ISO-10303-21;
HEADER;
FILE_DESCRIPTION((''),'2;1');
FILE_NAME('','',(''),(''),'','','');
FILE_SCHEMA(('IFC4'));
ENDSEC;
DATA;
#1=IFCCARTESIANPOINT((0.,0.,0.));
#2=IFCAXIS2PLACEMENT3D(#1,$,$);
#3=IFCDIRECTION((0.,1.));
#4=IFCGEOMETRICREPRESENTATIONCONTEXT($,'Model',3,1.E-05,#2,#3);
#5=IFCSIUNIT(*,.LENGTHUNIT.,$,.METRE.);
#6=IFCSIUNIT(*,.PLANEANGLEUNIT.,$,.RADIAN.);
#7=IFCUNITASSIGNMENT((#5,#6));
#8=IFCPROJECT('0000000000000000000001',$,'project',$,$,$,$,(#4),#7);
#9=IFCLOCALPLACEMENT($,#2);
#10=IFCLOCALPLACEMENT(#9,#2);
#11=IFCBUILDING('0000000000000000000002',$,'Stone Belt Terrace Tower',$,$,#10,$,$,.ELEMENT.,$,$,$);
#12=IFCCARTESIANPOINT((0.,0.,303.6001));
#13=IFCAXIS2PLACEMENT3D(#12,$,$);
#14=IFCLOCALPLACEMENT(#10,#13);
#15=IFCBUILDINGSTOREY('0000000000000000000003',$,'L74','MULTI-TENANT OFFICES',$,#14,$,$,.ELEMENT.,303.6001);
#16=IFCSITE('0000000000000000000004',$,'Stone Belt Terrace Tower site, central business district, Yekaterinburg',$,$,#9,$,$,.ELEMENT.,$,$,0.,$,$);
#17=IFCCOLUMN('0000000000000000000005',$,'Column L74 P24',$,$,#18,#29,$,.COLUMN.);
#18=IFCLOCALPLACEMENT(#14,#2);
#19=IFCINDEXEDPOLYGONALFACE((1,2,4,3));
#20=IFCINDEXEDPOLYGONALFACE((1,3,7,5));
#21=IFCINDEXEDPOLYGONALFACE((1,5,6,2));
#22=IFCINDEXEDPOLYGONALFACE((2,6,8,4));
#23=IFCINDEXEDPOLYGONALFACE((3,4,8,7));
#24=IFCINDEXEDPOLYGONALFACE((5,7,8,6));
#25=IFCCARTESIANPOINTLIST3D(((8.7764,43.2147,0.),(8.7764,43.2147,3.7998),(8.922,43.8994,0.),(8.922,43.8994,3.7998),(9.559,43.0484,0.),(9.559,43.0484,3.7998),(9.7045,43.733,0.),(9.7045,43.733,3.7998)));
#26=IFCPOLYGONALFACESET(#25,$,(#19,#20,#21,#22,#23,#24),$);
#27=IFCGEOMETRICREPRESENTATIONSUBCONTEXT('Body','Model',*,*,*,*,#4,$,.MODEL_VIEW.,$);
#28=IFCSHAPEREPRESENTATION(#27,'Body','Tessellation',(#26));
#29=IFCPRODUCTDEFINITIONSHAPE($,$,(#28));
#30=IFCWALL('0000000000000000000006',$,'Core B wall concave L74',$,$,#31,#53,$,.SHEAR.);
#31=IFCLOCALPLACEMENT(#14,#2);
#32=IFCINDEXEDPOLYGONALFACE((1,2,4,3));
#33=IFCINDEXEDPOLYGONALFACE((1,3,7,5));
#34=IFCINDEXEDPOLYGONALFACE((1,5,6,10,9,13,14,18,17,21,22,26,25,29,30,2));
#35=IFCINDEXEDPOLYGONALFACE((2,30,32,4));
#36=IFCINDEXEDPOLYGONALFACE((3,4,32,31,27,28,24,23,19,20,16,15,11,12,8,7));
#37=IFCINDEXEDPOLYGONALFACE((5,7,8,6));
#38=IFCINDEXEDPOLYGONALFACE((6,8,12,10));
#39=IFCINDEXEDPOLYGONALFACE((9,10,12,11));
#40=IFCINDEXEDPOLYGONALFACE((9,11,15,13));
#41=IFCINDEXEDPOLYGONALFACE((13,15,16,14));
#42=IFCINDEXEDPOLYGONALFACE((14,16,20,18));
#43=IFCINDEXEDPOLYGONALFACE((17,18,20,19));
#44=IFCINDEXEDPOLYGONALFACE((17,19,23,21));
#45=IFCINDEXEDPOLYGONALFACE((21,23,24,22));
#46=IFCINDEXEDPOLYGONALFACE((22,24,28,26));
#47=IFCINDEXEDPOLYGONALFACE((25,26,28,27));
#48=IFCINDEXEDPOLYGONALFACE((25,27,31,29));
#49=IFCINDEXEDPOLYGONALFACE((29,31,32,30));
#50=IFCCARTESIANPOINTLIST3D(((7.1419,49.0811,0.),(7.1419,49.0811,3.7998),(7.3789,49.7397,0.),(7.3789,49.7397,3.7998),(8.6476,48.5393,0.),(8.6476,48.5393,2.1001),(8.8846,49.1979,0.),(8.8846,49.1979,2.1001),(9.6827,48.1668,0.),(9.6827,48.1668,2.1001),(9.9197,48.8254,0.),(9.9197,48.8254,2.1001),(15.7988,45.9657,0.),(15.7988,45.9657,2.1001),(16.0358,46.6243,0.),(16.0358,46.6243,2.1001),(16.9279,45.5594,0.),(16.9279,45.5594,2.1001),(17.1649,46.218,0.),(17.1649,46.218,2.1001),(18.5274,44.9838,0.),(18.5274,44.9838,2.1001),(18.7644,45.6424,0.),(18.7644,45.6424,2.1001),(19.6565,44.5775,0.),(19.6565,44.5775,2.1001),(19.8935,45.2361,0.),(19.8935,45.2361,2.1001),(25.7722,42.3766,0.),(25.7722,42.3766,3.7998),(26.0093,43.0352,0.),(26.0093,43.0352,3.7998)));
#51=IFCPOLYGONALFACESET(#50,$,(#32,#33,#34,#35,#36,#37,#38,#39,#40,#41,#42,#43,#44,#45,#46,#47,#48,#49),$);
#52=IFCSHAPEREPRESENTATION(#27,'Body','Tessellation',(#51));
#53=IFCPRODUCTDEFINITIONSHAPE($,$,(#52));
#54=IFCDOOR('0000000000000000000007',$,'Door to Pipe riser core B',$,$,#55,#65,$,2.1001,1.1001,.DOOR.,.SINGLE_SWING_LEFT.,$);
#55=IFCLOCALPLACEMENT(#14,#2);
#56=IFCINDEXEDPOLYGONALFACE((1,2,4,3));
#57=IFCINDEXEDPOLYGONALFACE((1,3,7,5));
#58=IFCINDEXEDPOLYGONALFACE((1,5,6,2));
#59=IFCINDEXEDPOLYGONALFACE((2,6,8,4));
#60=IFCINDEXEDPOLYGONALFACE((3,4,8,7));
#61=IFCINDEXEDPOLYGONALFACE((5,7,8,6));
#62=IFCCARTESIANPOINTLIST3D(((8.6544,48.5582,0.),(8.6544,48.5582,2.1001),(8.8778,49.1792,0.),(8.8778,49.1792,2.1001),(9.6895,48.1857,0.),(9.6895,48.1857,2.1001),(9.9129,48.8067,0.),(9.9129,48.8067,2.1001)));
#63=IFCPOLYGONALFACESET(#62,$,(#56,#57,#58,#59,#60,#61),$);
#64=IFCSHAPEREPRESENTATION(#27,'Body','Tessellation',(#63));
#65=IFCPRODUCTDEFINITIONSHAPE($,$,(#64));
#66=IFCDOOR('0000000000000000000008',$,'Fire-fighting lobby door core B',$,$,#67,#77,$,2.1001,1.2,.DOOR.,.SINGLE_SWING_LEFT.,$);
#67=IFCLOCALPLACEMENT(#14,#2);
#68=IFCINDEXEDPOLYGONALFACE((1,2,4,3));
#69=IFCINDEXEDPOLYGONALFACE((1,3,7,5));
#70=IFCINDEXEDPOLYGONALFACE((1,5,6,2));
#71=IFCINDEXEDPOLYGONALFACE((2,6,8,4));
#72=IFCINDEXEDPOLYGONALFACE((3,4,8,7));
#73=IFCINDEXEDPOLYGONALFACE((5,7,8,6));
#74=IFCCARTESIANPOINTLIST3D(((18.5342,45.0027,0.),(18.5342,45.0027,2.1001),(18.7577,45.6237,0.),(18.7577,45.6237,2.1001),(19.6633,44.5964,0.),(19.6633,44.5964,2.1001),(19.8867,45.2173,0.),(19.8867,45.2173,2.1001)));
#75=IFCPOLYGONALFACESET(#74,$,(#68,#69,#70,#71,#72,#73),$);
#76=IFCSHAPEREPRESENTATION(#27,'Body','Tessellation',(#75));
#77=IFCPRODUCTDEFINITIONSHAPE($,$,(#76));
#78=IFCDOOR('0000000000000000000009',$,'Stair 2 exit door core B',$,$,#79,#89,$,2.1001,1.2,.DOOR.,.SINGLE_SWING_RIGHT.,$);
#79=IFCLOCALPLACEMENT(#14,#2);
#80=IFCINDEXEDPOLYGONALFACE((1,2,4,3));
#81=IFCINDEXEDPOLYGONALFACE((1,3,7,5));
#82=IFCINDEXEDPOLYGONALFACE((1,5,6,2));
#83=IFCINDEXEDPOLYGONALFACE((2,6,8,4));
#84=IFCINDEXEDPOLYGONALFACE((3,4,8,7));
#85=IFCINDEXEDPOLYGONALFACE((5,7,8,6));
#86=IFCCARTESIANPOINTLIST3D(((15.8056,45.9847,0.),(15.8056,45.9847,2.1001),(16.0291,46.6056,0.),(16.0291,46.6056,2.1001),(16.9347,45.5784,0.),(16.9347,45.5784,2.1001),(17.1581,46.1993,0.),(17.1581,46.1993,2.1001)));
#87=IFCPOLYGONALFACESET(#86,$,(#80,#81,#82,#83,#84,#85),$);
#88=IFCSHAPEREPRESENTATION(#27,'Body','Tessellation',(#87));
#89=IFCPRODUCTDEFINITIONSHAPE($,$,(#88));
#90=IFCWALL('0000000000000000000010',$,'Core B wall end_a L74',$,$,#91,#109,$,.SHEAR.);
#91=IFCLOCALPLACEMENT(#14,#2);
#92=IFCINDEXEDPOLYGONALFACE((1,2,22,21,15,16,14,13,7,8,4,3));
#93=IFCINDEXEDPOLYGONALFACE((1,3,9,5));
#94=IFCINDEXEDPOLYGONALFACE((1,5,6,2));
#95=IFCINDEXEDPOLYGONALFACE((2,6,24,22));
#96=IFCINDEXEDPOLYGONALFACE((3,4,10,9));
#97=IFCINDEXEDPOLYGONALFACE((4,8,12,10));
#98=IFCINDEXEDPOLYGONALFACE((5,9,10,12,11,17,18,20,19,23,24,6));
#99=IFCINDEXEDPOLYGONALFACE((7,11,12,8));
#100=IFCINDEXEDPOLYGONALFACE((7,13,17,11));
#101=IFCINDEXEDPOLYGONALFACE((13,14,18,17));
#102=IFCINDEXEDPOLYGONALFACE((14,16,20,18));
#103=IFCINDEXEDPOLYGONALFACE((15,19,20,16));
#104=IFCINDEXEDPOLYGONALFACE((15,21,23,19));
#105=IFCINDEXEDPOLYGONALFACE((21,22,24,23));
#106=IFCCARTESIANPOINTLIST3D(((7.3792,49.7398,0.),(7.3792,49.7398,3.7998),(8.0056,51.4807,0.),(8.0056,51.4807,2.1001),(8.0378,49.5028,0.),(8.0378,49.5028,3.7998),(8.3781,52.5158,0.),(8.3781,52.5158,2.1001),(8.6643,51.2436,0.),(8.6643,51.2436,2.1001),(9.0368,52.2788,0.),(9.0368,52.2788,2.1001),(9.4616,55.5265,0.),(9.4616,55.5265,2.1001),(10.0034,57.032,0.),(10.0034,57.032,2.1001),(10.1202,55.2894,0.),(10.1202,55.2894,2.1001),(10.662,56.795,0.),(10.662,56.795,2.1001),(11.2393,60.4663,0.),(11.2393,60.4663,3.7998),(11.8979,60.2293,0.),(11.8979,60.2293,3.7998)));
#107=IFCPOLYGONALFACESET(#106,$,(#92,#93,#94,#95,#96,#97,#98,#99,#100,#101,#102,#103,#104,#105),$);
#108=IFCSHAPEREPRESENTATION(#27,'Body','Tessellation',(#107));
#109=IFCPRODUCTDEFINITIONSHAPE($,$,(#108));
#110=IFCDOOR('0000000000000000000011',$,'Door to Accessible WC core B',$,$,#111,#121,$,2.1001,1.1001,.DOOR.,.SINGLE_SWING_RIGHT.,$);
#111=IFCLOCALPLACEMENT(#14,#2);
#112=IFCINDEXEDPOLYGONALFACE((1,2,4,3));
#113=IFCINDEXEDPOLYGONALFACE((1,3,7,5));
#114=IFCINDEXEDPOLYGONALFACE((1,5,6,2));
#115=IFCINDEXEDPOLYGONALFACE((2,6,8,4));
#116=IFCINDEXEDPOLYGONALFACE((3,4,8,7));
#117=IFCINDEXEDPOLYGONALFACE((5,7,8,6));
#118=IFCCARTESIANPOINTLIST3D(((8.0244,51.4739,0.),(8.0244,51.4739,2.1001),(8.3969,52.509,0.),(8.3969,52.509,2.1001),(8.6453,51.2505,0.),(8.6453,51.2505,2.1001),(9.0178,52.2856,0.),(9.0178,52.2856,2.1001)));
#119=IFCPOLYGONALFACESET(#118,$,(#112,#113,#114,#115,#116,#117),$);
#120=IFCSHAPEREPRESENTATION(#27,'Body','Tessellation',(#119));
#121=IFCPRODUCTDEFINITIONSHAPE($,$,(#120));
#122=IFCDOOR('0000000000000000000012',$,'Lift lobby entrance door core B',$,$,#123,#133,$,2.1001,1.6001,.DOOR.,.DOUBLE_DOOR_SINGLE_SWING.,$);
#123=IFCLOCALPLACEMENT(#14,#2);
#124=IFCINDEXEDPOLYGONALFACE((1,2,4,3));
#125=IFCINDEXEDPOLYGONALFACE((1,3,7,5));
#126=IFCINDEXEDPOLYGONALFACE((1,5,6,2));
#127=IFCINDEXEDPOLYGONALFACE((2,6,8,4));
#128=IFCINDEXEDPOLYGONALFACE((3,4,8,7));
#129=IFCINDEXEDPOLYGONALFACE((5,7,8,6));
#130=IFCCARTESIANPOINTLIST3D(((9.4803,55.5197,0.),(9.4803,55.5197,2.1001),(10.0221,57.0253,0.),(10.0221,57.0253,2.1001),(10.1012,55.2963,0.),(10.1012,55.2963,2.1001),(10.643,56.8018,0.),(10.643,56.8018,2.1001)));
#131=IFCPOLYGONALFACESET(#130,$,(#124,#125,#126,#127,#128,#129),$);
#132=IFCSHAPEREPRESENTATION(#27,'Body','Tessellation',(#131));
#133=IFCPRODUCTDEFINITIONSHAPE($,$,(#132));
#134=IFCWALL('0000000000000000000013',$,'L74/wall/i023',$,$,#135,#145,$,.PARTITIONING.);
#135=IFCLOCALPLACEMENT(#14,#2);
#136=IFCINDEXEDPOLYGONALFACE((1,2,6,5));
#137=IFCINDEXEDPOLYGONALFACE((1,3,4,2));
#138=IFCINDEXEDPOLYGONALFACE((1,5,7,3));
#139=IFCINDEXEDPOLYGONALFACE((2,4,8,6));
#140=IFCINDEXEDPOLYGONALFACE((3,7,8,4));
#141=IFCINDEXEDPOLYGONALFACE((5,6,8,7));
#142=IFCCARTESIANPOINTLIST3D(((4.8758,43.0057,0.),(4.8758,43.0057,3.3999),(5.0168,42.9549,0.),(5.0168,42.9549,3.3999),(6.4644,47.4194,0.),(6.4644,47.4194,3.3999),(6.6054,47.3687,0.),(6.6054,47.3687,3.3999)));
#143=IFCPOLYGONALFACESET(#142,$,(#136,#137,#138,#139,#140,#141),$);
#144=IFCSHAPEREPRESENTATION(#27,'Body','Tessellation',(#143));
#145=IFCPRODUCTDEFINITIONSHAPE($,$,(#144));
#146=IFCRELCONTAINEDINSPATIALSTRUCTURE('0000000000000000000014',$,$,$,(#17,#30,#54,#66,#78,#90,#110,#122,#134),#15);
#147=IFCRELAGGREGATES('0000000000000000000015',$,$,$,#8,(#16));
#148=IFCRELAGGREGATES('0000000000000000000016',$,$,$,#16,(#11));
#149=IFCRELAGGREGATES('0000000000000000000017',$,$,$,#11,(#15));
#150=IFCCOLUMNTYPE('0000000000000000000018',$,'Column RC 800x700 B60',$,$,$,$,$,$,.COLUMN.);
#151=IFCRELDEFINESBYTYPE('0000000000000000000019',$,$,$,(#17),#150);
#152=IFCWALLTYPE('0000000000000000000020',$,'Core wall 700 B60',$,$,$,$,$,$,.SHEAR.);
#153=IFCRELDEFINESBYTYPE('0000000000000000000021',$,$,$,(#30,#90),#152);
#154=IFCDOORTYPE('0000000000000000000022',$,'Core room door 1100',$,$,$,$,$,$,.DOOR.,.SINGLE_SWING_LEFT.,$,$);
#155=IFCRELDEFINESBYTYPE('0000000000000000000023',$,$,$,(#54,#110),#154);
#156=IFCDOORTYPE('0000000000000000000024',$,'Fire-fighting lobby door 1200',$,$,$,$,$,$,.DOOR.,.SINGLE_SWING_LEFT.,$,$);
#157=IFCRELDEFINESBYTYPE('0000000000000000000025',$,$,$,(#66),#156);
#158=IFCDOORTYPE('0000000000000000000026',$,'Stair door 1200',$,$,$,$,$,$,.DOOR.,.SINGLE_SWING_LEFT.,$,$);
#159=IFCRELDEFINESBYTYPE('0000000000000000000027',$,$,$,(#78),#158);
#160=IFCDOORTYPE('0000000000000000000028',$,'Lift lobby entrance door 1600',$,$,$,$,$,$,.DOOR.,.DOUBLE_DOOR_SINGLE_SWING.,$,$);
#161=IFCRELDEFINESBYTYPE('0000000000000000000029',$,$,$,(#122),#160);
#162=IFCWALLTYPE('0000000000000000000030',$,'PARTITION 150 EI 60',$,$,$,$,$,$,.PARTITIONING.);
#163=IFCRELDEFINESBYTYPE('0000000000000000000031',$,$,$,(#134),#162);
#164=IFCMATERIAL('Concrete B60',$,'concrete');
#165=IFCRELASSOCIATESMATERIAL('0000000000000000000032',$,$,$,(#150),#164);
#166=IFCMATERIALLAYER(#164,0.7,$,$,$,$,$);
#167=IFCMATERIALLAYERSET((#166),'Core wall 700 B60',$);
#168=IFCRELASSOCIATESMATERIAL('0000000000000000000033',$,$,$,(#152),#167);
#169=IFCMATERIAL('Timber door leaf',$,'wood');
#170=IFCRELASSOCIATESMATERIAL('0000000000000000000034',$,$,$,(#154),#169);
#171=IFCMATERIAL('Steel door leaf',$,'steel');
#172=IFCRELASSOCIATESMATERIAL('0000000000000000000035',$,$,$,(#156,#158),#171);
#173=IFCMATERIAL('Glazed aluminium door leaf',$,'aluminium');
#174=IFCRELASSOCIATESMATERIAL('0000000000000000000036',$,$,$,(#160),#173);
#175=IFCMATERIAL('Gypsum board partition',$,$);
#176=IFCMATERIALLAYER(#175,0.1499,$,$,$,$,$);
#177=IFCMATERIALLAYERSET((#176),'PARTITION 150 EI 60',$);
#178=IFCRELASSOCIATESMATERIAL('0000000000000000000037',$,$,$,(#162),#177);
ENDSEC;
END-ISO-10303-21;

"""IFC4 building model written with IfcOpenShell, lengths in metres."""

from ifc_helpers import new_model, si_unit, direction, frame, frame_2d, origin, origin_2d, place, context, subcontext, project, spatial, rectangle, extrude, material, layer, layer_set, material_profile, profile_set, type_object, element, fill, save


model = new_model("IFC4")

# Units and contexts
model_context = context("Model", 3, precision=1e-05, world=origin(), true_north=direction((0.0, 1.0)))
body_context = subcontext(model_context, "Body", "Model", "MODEL_VIEW")
ifc_project = project(units=[si_unit("LENGTHUNIT", "METRE"), si_unit("PLANEANGLEUNIT", "RADIAN")], contexts=[model_context])

# Site, building, storey
site_placement = place(None, origin())
site = spatial("IfcSite", under=ifc_project, at=site_placement, Name="Stone Belt Terrace Tower site, central business district, Yekaterinburg", CompositionType="ELEMENT", RefElevation=0.0)
building_placement = place(site_placement, origin())
building = spatial("IfcBuilding", under=site, at=building_placement, Name="Stone Belt Terrace Tower", CompositionType="ELEMENT")
storey_placement = place(building_placement, frame((0.0, 0.0, 303.6001)))
storey = spatial("IfcBuildingStorey", under=building, at=storey_placement, Name="L74", Description="MULTI-TENANT OFFICES", CompositionType="ELEMENT", Elevation=303.6001)

# Column
ifc_material_1 = material(Name="Concrete B60", Category="concrete")
ifc_material_profile = material_profile(ifc_material_1, rectangle(XDim=0.8, YDim=0.7, at=origin_2d()), Name="RC 800x700")
ifc_profile_set = profile_set([ifc_material_profile], Name="Concrete B60")
column_type = type_object("IfcColumnType", Name="Column RC 800x700 B60", PredefinedType="COLUMN", material=ifc_profile_set)
column_placement = place(storey_placement, frame((9.2405, 43.4739, 0.0), z_axis=(0.0, 0.0, 1.0), x_axis=(0.978148, -0.207912, 0.0)))
element("IfcColumn", 1, at=column_placement, inside=storey, type_object=column_type, Name="Column L74 P24", PredefinedType="COLUMN", context=body_context, shape_type="SweptSolid", body=[
    extrude(rectangle(XDim=0.8, YDim=0.7, at=origin_2d()), origin(), (0.0, 0.0, 1.0), 3.7998),
])

# Walls, openings, doors
ifc_layer_1 = layer(ifc_material_1, 0.7)
ifc_layer_set_1 = layer_set([ifc_layer_1], Name="Core wall 700 B60")
wall_type_1 = type_object("IfcWallType", Name="Core wall 700 B60", PredefinedType="SHEAR", material=ifc_layer_set_1)
wall_1_placement = place(storey_placement, frame((7.2605, 49.4104, 0.0), z_axis=(0.0, 0.0, 1.0), x_axis=(0.940925, -0.338615, 0.0)))
wall_1 = element("IfcWall", 2, at=wall_1_placement, inside=storey, type_object=wall_type_1, Name="Core B wall concave L74", PredefinedType="SHEAR", context=body_context, shape_type="SweptSolid", body=[
    extrude(rectangle(XDim=19.8, YDim=0.7, at=frame_2d((9.8999, 0.0))), origin(), (0.0, 0.0, 1.0), 3.7998),
])
opening_1_placement = place(wall_1_placement, frame((12.1001, 0.0, 0.0)))
opening_1 = element("IfcOpeningElement", 3, at=opening_1_placement, cuts=wall_1, PredefinedType="OPENING", context=body_context, shape_type="SweptSolid", body=[
    extrude(rectangle(XDim=1.2, YDim=2.1001, at=frame_2d((0.6001, 1.05))), frame((0.0, 0.3599, 0.0), z_axis=(0.0, -1.0, 0.0), x_axis=(1.0, 0.0, 0.0)), (0.0, 0.0, 1.0), 0.72),
])
opening_2_placement = place(wall_1_placement, frame((9.2002, 0.0, 0.0)))
opening_2 = element("IfcOpeningElement", 4, at=opening_2_placement, cuts=wall_1, PredefinedType="OPENING", context=body_context, shape_type="SweptSolid", body=[
    extrude(rectangle(XDim=1.2, YDim=2.1001, at=frame_2d((0.6001, 1.05))), frame((0.0, 0.3599, 0.0), z_axis=(0.0, -1.0, 0.0), x_axis=(1.0, 0.0, 0.0)), (0.0, 0.0, 1.0), 0.72),
])
opening_3_placement = place(wall_1_placement, frame((1.6001, 0.0, 0.0)))
opening_3 = element("IfcOpeningElement", 5, at=opening_3_placement, cuts=wall_1, PredefinedType="OPENING", context=body_context, shape_type="SweptSolid", body=[
    extrude(rectangle(XDim=1.1001, YDim=2.1001, at=frame_2d((0.55, 1.05))), frame((0.0, 0.3599, 0.0), z_axis=(0.0, -1.0, 0.0), x_axis=(1.0, 0.0, 0.0)), (0.0, 0.0, 1.0), 0.72),
])
ifc_material_2 = material(Name="Timber door leaf", Category="wood")
door_type_1 = type_object("IfcDoorType", Name="Core room door 1100", OperationType="SINGLE_SWING_LEFT", PredefinedType="DOOR", material=ifc_material_2)
door_1_placement = place(opening_3_placement, origin())
door_1 = element("IfcDoor", 6, at=door_1_placement, inside=storey, type_object=door_type_1, Name="Door to Pipe riser core B", OperationType="SINGLE_SWING_LEFT", OverallHeight=2.1001, OverallWidth=1.1001, PredefinedType="DOOR", context=body_context, shape_type="SweptSolid", body=[
    extrude(rectangle(XDim=1.1001, YDim=2.1001, at=frame_2d((0.55, 1.05))), frame((0.0, 0.3301, 0.0), z_axis=(0.0, -1.0, 0.0), x_axis=(1.0, 0.0, 0.0)), (0.0, 0.0, 1.0), 0.6599),
])
fill(opening_3, door_1)
ifc_material_3 = material(Name="Steel door leaf", Category="steel")
door_type_2 = type_object("IfcDoorType", Name="Fire-fighting lobby door 1200", OperationType="SINGLE_SWING_LEFT", PredefinedType="DOOR", material=ifc_material_3)
door_2_placement = place(opening_1_placement, origin())
door_2 = element("IfcDoor", 7, at=door_2_placement, inside=storey, type_object=door_type_2, Name="Fire-fighting lobby door core B", OperationType="SINGLE_SWING_LEFT", OverallHeight=2.1001, OverallWidth=1.2, PredefinedType="DOOR", context=body_context, shape_type="SweptSolid", body=[
    extrude(rectangle(XDim=1.2, YDim=2.1001, at=frame_2d((0.6001, 1.05))), frame((0.0, 0.3301, 0.0), z_axis=(0.0, -1.0, 0.0), x_axis=(1.0, 0.0, 0.0)), (0.0, 0.0, 1.0), 0.6599),
])
fill(opening_1, door_2)
door_type_3 = type_object("IfcDoorType", Name="Stair door 1200", OperationType="SINGLE_SWING_LEFT", PredefinedType="DOOR", material=ifc_material_3)
door_3_placement = place(opening_2_placement, origin())
door_3 = element("IfcDoor", 8, at=door_3_placement, inside=storey, type_object=door_type_3, Name="Stair 2 exit door core B", OperationType="SINGLE_SWING_RIGHT", OverallHeight=2.1001, OverallWidth=1.2, PredefinedType="DOOR", context=body_context, shape_type="SweptSolid", body=[
    extrude(rectangle(XDim=1.2, YDim=2.1001, at=frame_2d((0.6001, 1.05))), frame((0.0, 0.3301, 0.0), z_axis=(0.0, -1.0, 0.0), x_axis=(1.0, 0.0, 0.0)), (0.0, 0.0, 1.0), 0.6599),
])
fill(opening_2, door_3)
wall_2_placement = place(storey_placement, frame((7.7085, 49.6213, 0.0), z_axis=(0.0, 0.0, 1.0), x_axis=(0.338606, 0.940928, 0.0)))
wall_2 = element("IfcWall", 9, at=wall_2_placement, inside=storey, type_object=wall_type_1, Name="Core B wall end_a L74", PredefinedType="SHEAR", context=body_context, shape_type="SweptSolid", body=[
    extrude(rectangle(XDim=11.3999, YDim=0.7, at=frame_2d((5.7, 0.0))), origin(), (0.0, 0.0, 1.0), 3.7998),
])
opening_4_placement = place(wall_2_placement, frame((6.1499, 0.0, 0.0)))
opening_4 = element("IfcOpeningElement", 10, at=opening_4_placement, cuts=wall_2, PredefinedType="OPENING", context=body_context, shape_type="SweptSolid", body=[
    extrude(rectangle(XDim=1.6001, YDim=2.1001, at=frame_2d((0.8, 1.05))), frame((0.0, 0.3599, 0.0), z_axis=(0.0, -1.0, 0.0), x_axis=(1.0, 0.0, 0.0)), (0.0, 0.0, 1.0), 0.72),
])
opening_5_placement = place(wall_2_placement, frame((1.8501, 0.0, 0.0)))
opening_5 = element("IfcOpeningElement", 11, at=opening_5_placement, cuts=wall_2, PredefinedType="OPENING", context=body_context, shape_type="SweptSolid", body=[
    extrude(rectangle(XDim=1.1001, YDim=2.1001, at=frame_2d((0.55, 1.05))), frame((0.0, 0.3599, 0.0), z_axis=(0.0, -1.0, 0.0), x_axis=(1.0, 0.0, 0.0)), (0.0, 0.0, 1.0), 0.72),
])
door_4_placement = place(opening_5_placement, origin())
door_4 = element("IfcDoor", 12, at=door_4_placement, inside=storey, type_object=door_type_1, Name="Door to Accessible WC core B", OperationType="SINGLE_SWING_RIGHT", OverallHeight=2.1001, OverallWidth=1.1001, PredefinedType="DOOR", context=body_context, shape_type="SweptSolid", body=[
    extrude(rectangle(XDim=1.1001, YDim=2.1001, at=frame_2d((0.55, 1.05))), frame((0.0, 0.3301, 0.0), z_axis=(0.0, -1.0, 0.0), x_axis=(1.0, 0.0, 0.0)), (0.0, 0.0, 1.0), 0.6599),
])
fill(opening_5, door_4)
ifc_material_4 = material(Name="Glazed aluminium door leaf", Category="aluminium")
door_type_4 = type_object("IfcDoorType", Name="Lift lobby entrance door 1600", OperationType="DOUBLE_DOOR_SINGLE_SWING", PredefinedType="DOOR", material=ifc_material_4)
door_5_placement = place(opening_4_placement, origin())
door_5 = element("IfcDoor", 13, at=door_5_placement, inside=storey, type_object=door_type_4, Name="Lift lobby entrance door core B", OperationType="DOUBLE_DOOR_SINGLE_SWING", OverallHeight=2.1001, OverallWidth=1.6001, PredefinedType="DOOR", context=body_context, shape_type="SweptSolid", body=[
    extrude(rectangle(XDim=1.6001, YDim=2.1001, at=frame_2d((0.8, 1.05))), frame((0.0, 0.3301, 0.0), z_axis=(0.0, -1.0, 0.0), x_axis=(1.0, 0.0, 0.0)), (0.0, 0.0, 1.0), 0.6599),
])
fill(opening_4, door_5)

# Wall
ifc_material_5 = material(Name="Gypsum board partition")
ifc_layer_2 = layer(ifc_material_5, 0.1499)
ifc_layer_set_2 = layer_set([ifc_layer_2], Name="PARTITION 150 EI 60")
wall_type_2 = type_object("IfcWallType", Name="PARTITION 150 EI 60", PredefinedType="PARTITIONING", material=ifc_layer_set_2)
wall_3_placement = place(storey_placement, frame((6.5349, 47.394, 0.0), z_axis=(0.0, 0.0, 1.0), x_axis=(-0.338653, -0.940911, 0.0)))
element("IfcWall", 14, at=wall_3_placement, inside=storey, type_object=wall_type_2, Name="L74/wall/i023", PredefinedType="PARTITIONING", context=body_context, shape_type="SweptSolid", body=[
    extrude(rectangle(XDim=4.6909, YDim=0.1499, at=frame_2d((2.3455, 0.0))), origin(), (0.0, 0.0, 1.0), 3.3999),
])

save(model, "model.ifc")
